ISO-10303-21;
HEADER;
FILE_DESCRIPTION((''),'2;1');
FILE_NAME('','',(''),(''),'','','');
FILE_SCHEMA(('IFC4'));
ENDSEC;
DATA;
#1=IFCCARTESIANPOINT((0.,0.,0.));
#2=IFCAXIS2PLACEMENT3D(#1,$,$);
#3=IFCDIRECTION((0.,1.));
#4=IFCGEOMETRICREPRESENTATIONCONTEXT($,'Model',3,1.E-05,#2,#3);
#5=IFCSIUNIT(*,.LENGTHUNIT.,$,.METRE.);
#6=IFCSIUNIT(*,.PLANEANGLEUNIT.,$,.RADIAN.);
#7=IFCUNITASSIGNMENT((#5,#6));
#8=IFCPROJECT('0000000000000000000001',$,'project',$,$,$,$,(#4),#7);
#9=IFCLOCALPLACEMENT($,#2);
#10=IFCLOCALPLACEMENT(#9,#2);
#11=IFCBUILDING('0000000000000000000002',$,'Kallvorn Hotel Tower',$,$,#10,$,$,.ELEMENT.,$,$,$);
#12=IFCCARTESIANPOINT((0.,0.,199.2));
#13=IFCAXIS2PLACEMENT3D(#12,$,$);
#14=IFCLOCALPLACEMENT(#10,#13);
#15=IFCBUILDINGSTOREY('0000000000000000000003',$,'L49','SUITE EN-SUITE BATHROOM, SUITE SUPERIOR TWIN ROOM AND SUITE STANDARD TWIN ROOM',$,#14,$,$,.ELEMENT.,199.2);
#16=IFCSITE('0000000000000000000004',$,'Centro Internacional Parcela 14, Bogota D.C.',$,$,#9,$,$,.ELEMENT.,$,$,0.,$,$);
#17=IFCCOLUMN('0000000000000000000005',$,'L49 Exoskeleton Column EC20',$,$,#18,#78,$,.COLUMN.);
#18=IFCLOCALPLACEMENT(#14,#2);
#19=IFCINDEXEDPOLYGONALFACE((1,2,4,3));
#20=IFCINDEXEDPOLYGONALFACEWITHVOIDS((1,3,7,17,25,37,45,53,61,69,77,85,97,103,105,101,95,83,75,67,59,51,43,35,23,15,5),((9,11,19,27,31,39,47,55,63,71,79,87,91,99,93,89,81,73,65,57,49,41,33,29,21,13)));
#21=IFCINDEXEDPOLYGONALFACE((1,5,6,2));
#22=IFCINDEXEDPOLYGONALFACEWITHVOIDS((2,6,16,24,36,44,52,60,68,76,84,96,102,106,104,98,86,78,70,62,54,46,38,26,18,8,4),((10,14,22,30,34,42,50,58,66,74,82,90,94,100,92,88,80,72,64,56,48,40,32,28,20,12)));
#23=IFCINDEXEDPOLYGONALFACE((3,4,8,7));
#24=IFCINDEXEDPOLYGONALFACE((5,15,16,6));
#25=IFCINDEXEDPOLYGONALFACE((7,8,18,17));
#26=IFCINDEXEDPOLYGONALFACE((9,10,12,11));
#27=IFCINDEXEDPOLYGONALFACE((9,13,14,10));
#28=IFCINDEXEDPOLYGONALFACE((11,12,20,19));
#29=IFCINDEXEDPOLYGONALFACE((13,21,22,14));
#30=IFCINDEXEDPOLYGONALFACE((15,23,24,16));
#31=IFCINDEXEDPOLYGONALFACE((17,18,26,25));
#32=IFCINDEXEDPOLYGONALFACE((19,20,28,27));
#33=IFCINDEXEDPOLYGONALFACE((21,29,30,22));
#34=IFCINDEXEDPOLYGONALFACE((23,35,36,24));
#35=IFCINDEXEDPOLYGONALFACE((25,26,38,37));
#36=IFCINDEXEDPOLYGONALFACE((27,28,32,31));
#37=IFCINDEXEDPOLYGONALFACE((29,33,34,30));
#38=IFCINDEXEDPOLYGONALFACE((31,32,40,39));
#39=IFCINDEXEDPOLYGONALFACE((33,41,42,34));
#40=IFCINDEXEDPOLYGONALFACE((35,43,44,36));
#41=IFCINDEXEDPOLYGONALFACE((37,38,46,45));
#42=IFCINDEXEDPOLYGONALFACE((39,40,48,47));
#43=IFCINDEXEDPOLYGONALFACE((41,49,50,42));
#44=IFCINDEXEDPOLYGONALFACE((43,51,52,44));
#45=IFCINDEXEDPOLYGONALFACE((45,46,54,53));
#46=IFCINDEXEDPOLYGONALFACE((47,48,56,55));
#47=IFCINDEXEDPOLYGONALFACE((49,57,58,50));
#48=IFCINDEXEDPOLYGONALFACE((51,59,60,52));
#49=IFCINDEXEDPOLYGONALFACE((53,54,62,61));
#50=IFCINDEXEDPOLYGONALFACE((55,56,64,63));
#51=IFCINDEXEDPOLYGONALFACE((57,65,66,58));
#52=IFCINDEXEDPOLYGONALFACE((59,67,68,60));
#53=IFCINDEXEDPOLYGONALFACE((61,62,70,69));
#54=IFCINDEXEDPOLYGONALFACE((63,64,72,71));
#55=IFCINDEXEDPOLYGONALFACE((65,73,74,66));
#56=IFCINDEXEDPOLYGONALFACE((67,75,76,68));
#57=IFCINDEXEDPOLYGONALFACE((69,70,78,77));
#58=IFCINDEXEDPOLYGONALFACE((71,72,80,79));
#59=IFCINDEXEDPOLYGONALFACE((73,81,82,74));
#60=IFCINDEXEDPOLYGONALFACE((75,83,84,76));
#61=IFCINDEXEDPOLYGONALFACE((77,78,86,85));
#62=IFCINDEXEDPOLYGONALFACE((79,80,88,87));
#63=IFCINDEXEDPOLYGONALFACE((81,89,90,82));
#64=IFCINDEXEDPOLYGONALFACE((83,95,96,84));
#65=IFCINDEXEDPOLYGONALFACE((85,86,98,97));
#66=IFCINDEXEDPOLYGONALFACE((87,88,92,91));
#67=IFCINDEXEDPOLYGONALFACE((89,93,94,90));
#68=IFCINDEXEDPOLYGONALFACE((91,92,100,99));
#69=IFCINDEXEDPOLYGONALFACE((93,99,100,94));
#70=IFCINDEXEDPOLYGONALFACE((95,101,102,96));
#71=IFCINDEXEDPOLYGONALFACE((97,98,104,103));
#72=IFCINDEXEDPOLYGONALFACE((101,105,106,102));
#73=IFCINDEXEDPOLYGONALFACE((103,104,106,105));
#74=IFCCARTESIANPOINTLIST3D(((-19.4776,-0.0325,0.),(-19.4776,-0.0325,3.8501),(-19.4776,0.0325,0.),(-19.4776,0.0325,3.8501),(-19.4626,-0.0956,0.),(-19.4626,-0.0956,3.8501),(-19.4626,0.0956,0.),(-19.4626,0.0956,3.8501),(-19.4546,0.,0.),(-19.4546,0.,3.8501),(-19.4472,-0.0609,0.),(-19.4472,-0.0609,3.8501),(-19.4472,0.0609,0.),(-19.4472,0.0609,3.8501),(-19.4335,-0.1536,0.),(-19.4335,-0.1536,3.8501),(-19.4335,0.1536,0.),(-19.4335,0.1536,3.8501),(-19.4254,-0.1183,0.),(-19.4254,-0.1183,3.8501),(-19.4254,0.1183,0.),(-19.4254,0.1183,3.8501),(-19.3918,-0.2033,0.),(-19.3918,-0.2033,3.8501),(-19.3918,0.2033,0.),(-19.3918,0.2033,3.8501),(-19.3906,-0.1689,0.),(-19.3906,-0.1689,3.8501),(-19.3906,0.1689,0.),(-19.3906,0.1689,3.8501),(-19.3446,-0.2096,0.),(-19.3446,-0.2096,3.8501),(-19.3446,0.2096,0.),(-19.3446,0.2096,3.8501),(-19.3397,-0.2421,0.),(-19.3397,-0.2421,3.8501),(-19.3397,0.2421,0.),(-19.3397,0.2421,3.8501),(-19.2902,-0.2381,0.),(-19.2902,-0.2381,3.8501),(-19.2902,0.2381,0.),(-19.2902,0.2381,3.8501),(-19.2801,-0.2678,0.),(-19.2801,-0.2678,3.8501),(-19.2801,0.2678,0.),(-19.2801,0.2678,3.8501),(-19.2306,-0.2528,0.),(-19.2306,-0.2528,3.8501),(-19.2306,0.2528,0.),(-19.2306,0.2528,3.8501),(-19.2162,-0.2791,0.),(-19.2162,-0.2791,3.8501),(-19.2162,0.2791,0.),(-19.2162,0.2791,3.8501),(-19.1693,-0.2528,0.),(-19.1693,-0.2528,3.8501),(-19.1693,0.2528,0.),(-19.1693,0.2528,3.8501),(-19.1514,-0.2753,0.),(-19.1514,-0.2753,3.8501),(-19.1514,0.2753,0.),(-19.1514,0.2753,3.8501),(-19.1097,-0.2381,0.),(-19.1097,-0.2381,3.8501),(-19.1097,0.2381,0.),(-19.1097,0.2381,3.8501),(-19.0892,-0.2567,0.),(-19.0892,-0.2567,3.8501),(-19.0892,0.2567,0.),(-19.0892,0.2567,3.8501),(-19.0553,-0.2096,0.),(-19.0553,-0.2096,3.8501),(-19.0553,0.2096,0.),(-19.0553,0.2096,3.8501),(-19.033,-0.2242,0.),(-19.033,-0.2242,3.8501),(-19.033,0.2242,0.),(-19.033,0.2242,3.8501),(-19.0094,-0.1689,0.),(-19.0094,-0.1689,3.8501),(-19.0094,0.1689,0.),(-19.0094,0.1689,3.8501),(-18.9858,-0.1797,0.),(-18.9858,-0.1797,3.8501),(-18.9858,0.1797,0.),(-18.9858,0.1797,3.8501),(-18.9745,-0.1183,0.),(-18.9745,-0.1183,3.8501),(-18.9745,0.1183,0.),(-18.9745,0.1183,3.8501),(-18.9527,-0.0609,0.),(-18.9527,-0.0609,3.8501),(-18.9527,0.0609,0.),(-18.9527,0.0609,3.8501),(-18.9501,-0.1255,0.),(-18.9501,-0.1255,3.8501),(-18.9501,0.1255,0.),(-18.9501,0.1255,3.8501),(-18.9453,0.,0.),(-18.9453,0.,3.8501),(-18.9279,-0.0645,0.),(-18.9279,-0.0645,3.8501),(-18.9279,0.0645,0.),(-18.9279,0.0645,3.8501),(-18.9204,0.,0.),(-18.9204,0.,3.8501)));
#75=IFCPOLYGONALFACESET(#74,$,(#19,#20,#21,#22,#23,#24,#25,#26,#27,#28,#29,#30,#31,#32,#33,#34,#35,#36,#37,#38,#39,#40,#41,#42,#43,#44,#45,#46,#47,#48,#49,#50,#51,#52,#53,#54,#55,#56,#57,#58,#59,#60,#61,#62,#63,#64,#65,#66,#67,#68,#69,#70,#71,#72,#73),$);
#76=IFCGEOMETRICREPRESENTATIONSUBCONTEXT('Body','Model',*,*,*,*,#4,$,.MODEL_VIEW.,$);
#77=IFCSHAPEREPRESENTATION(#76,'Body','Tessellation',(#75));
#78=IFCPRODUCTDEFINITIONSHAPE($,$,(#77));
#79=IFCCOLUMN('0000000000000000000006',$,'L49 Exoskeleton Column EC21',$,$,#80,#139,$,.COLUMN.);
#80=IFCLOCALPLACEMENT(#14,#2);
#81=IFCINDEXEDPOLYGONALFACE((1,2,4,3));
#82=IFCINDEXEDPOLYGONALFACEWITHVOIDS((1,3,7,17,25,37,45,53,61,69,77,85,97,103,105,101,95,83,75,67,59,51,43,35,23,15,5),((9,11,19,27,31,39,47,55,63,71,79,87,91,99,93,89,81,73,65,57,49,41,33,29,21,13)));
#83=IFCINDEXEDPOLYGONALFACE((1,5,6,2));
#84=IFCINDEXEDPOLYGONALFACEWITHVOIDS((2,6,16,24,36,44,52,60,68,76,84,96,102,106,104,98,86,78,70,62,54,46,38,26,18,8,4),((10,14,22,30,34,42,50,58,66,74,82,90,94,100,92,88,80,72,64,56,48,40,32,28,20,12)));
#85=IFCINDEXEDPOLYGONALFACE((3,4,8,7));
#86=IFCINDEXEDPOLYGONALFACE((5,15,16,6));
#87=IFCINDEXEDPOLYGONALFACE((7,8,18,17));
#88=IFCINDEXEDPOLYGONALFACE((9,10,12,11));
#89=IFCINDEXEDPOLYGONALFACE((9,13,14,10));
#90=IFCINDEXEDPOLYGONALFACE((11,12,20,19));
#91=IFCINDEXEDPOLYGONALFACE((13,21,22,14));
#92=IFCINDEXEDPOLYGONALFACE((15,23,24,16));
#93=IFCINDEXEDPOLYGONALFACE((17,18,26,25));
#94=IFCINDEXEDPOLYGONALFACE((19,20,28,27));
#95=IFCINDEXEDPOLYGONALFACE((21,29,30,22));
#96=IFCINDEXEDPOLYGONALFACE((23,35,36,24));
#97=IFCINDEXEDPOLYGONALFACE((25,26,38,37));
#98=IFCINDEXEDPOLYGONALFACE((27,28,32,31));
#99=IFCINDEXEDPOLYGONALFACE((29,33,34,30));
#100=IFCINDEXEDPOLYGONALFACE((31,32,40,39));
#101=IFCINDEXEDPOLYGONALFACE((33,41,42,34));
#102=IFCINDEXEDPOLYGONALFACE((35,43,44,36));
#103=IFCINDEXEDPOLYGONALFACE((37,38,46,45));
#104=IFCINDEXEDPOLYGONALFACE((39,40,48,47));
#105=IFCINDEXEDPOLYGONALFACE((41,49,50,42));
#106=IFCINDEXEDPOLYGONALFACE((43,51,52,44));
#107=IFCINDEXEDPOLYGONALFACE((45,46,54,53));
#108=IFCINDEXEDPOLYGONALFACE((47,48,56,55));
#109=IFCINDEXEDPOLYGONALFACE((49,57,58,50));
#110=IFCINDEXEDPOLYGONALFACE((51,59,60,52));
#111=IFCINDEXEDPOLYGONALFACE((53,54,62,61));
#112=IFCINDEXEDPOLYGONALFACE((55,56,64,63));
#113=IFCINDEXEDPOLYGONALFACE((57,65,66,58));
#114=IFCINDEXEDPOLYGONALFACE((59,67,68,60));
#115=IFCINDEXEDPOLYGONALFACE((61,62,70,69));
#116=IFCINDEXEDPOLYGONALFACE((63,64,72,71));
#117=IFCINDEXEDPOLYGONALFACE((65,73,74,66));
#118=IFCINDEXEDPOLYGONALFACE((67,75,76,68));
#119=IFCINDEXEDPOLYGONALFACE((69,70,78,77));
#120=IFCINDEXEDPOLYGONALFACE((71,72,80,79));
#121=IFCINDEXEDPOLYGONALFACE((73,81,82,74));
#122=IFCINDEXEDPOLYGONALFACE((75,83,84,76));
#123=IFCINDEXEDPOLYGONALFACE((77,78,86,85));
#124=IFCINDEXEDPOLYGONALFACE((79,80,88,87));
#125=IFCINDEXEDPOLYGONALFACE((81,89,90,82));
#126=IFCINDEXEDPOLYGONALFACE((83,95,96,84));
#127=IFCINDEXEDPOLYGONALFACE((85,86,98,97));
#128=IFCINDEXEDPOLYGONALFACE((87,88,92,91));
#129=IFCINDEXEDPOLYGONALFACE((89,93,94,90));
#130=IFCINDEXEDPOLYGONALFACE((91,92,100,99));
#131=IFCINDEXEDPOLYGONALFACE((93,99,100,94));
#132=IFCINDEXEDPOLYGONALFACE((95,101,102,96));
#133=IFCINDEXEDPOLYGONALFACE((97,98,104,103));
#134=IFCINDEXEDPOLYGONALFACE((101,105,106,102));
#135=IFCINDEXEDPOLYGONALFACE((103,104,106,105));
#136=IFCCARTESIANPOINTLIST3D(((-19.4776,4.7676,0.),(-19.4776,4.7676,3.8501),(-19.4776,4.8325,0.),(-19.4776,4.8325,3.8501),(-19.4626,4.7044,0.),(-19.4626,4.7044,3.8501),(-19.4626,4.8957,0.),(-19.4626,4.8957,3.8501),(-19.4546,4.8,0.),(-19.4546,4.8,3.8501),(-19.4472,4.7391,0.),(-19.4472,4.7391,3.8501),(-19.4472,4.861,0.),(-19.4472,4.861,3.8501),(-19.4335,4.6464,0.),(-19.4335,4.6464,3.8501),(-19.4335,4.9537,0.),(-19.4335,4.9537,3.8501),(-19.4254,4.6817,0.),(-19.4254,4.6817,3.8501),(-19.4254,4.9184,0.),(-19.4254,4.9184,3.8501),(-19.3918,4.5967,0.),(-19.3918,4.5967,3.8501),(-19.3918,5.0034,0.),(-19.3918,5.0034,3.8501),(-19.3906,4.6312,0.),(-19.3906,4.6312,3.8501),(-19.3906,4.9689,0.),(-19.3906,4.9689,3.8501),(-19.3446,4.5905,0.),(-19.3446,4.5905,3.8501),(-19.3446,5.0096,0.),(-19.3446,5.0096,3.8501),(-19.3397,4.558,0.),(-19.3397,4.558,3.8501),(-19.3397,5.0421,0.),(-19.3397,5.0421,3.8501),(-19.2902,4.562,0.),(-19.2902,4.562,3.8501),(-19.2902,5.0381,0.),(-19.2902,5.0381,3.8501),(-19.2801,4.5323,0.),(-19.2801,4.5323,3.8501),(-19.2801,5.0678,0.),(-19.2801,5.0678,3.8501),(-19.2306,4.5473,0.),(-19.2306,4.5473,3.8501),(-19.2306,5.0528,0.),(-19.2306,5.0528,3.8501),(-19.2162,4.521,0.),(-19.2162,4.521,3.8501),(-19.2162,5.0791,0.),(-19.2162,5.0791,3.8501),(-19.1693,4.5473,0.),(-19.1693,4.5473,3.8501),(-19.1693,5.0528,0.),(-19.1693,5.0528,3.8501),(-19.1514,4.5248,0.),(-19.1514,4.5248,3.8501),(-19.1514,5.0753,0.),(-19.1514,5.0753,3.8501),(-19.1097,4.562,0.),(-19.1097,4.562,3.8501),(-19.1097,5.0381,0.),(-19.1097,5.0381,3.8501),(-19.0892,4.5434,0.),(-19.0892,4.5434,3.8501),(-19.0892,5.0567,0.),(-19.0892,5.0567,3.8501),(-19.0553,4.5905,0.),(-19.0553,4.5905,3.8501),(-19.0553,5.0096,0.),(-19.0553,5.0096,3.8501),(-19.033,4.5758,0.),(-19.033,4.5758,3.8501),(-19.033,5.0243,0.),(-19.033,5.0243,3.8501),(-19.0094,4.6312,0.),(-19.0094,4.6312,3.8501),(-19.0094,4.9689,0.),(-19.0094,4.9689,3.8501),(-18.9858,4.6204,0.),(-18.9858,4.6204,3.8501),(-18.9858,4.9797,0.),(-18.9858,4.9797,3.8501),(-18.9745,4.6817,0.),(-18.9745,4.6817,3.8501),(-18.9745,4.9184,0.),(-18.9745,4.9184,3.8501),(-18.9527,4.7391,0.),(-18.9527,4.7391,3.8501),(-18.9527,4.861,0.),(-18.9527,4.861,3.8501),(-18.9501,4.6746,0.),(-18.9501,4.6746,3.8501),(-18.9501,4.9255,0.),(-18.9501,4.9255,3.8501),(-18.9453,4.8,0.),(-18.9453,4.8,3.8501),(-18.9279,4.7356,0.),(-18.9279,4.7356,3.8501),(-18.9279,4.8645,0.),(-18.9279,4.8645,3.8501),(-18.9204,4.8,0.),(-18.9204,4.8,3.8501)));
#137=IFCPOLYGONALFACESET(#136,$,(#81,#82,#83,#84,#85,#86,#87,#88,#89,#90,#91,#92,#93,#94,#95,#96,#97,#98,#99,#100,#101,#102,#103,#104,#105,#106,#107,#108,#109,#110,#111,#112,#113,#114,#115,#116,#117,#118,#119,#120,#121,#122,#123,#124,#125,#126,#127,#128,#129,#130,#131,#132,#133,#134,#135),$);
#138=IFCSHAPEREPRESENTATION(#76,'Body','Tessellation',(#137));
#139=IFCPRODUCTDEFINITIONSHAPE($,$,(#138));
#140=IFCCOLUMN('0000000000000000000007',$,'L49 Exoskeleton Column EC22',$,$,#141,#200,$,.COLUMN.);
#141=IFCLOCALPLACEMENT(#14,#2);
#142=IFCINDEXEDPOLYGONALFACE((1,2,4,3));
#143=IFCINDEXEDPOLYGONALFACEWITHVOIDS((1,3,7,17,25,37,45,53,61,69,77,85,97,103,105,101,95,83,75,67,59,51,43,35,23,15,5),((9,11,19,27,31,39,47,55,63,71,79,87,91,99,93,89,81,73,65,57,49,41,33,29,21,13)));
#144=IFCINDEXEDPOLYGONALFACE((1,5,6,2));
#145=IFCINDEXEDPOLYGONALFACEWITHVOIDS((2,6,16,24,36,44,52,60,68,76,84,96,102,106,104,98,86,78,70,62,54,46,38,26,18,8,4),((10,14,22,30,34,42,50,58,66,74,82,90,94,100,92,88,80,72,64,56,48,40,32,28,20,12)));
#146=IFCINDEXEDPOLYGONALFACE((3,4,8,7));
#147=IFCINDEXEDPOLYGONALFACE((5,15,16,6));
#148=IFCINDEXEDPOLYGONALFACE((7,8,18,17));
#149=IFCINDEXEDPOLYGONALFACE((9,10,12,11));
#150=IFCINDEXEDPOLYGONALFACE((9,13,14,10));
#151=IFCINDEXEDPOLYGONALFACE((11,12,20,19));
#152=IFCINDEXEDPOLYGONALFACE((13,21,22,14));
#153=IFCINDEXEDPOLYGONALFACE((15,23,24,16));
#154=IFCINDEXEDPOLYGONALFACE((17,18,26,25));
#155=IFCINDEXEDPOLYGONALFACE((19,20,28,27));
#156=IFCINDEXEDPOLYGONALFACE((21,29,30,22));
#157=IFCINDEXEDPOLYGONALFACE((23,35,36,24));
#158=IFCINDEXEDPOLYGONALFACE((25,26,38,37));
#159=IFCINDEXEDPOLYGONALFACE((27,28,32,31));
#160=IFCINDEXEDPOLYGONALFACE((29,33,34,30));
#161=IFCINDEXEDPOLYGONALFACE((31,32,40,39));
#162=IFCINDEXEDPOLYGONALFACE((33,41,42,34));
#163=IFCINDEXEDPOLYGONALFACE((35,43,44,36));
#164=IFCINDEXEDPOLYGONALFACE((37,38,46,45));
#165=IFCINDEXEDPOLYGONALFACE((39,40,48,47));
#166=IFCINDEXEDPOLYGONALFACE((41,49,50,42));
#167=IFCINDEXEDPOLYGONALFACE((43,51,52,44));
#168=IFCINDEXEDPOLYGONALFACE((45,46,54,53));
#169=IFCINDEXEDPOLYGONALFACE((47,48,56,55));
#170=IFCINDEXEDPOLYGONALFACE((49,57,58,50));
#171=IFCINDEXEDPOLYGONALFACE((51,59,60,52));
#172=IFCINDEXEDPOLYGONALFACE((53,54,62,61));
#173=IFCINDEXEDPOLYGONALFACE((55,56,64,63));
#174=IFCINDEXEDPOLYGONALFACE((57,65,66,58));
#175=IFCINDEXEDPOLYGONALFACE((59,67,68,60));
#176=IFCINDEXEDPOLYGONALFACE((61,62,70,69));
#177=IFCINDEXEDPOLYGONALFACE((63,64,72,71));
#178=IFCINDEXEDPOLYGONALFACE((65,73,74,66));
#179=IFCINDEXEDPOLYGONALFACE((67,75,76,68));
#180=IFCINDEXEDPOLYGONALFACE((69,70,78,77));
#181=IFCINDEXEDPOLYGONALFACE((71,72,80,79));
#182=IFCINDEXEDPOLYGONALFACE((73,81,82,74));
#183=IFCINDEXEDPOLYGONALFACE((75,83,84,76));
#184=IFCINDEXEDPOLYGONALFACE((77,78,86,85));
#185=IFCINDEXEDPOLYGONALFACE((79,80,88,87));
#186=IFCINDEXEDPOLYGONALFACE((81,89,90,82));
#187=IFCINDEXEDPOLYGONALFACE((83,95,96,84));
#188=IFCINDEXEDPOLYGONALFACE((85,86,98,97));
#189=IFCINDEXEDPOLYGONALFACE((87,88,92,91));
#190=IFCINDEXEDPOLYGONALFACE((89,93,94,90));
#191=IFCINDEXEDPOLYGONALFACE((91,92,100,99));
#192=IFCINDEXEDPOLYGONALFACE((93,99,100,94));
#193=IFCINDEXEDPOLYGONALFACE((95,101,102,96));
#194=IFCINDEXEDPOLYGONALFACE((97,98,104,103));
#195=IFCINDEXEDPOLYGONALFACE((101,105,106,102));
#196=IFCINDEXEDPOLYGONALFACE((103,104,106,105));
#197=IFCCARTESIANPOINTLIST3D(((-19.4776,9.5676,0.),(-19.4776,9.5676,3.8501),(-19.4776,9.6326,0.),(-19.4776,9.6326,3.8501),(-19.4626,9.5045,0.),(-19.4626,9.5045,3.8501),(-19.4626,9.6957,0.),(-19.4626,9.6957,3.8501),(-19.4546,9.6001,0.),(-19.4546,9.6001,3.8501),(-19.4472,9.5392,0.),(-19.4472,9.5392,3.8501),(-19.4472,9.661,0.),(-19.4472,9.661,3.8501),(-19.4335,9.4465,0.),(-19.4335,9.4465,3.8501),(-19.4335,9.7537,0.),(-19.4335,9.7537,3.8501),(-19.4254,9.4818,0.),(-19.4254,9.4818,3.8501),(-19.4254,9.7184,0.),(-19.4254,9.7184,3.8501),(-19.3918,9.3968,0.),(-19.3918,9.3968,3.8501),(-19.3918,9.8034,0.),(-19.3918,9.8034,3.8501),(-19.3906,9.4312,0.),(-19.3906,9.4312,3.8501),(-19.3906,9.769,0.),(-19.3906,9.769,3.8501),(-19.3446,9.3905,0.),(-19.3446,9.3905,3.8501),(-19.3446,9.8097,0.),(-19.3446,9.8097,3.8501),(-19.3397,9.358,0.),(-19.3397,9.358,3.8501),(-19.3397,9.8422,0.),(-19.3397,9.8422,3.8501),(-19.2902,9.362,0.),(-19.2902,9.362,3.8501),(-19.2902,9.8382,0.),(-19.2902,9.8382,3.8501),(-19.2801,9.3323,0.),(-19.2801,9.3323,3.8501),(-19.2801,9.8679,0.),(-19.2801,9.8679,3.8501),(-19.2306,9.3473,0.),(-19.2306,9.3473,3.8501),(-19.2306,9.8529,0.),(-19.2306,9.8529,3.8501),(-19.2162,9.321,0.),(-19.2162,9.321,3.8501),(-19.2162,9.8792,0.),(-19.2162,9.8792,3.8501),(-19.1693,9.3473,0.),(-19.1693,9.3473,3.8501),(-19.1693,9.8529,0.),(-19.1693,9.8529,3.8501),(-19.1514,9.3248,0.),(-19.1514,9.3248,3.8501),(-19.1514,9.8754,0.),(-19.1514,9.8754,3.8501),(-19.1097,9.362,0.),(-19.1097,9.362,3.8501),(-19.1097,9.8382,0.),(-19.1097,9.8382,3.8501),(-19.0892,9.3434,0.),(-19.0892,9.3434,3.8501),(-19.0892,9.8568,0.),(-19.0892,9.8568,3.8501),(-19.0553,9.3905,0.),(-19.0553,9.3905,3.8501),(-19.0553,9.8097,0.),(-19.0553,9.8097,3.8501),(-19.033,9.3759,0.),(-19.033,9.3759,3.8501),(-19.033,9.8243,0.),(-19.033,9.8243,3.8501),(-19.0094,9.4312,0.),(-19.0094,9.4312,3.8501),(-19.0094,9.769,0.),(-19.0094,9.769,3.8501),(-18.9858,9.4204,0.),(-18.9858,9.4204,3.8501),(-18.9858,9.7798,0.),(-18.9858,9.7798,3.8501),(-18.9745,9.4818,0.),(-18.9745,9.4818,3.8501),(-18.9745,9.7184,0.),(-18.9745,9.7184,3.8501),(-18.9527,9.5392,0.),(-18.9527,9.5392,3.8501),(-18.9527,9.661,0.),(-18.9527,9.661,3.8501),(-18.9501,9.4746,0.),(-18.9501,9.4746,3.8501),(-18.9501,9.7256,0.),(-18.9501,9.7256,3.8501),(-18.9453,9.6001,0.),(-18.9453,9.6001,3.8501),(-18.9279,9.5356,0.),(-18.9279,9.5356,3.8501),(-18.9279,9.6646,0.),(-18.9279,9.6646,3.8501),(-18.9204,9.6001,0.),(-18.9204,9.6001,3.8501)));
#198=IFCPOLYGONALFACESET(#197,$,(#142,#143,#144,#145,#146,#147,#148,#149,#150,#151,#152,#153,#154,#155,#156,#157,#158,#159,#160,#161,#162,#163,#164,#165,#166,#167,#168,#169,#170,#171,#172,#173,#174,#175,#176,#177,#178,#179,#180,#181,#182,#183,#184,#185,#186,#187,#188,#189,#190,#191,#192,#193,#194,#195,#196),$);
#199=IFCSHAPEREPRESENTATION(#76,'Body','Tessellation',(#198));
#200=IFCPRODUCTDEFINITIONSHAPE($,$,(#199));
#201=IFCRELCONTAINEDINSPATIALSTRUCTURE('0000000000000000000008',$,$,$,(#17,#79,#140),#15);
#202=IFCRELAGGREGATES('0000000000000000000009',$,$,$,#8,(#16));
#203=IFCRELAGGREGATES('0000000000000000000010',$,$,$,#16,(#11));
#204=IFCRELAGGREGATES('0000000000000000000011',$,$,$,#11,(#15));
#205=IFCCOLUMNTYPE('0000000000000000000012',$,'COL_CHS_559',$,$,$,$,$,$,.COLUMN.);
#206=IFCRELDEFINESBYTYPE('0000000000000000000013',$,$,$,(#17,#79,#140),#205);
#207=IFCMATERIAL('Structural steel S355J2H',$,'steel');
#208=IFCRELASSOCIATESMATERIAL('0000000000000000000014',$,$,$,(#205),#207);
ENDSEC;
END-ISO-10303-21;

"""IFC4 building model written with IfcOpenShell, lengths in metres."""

from ifc_helpers import new_model, si_unit, direction, frame, origin, origin_2d, place, context, subcontext, project, spatial, hollow_circle, extrude, material, material_profile, profile_set, type_object, element, save


model = new_model("IFC4")

# Units and contexts
model_context = context("Model", 3, precision=1e-05, world=origin(), true_north=direction((0.0, 1.0)))
body_context = subcontext(model_context, "Body", "Model", "MODEL_VIEW")
ifc_project = project(units=[si_unit("LENGTHUNIT", "METRE"), si_unit("PLANEANGLEUNIT", "RADIAN")], contexts=[model_context])

# Site, building, storey
site_placement = place(None, origin())
site = spatial("IfcSite", under=ifc_project, at=site_placement, Name="Centro Internacional Parcela 14, Bogota D.C.", CompositionType="ELEMENT", RefElevation=0.0)
building_placement = place(site_placement, origin())
building = spatial("IfcBuilding", under=site, at=building_placement, Name="Kallvorn Hotel Tower", CompositionType="ELEMENT")
storey_placement = place(building_placement, frame((0.0, 0.0, 199.2)))
storey = spatial("IfcBuildingStorey", under=building, at=storey_placement, Name="L49", Description="SUITE EN-SUITE BATHROOM, SUITE SUPERIOR TWIN ROOM AND SUITE STANDARD TWIN ROOM", CompositionType="ELEMENT", Elevation=199.2)

# Columns
ifc_material_1 = material(Name="Structural steel S355J2H", Category="steel")
ifc_material_profile_1 = material_profile(ifc_material_1, hollow_circle(Radius=0.2795, WallThickness=0.0249, at=origin_2d()), Name="CHS 559x25")
ifc_profile_set_1 = profile_set([ifc_material_profile_1], Name="Structural steel S355J2H")
column_type_1 = type_object("IfcColumnType", Name="COL_CHS_559", PredefinedType="COLUMN", material=ifc_profile_set_1)
for number, where, z_axis, x_axis, name in (
    (1, (-19.2, 0.0, 0.0), (0.0, 0.0, 1.0), (1.0, 0.0, 0.0), "L49 Exoskeleton Column EC20"),
    (2, (-19.2, 4.8, 0.0), (0.0, 0.0, 1.0), (1.0, 0.0, 0.0), "L49 Exoskeleton Column EC21"),
    (3, (-19.2, 9.6001, 0.0), (0.0, 0.0, 1.0), (1.0, 0.0, 0.0), "L49 Exoskeleton Column EC22"),
):
    element("IfcColumn", number, at=place(storey_placement, frame(where, z_axis=z_axis, x_axis=x_axis)), inside=storey, type_object=column_type_1, Name=name, PredefinedType="COLUMN", context=body_context, shape_type="SweptSolid", body=[
        extrude(hollow_circle(Radius=0.2795, WallThickness=0.0249, at=origin_2d()), origin(), (0.0, 0.0, 1.0), 3.8501),
    ])

save(model, "model.ifc")
